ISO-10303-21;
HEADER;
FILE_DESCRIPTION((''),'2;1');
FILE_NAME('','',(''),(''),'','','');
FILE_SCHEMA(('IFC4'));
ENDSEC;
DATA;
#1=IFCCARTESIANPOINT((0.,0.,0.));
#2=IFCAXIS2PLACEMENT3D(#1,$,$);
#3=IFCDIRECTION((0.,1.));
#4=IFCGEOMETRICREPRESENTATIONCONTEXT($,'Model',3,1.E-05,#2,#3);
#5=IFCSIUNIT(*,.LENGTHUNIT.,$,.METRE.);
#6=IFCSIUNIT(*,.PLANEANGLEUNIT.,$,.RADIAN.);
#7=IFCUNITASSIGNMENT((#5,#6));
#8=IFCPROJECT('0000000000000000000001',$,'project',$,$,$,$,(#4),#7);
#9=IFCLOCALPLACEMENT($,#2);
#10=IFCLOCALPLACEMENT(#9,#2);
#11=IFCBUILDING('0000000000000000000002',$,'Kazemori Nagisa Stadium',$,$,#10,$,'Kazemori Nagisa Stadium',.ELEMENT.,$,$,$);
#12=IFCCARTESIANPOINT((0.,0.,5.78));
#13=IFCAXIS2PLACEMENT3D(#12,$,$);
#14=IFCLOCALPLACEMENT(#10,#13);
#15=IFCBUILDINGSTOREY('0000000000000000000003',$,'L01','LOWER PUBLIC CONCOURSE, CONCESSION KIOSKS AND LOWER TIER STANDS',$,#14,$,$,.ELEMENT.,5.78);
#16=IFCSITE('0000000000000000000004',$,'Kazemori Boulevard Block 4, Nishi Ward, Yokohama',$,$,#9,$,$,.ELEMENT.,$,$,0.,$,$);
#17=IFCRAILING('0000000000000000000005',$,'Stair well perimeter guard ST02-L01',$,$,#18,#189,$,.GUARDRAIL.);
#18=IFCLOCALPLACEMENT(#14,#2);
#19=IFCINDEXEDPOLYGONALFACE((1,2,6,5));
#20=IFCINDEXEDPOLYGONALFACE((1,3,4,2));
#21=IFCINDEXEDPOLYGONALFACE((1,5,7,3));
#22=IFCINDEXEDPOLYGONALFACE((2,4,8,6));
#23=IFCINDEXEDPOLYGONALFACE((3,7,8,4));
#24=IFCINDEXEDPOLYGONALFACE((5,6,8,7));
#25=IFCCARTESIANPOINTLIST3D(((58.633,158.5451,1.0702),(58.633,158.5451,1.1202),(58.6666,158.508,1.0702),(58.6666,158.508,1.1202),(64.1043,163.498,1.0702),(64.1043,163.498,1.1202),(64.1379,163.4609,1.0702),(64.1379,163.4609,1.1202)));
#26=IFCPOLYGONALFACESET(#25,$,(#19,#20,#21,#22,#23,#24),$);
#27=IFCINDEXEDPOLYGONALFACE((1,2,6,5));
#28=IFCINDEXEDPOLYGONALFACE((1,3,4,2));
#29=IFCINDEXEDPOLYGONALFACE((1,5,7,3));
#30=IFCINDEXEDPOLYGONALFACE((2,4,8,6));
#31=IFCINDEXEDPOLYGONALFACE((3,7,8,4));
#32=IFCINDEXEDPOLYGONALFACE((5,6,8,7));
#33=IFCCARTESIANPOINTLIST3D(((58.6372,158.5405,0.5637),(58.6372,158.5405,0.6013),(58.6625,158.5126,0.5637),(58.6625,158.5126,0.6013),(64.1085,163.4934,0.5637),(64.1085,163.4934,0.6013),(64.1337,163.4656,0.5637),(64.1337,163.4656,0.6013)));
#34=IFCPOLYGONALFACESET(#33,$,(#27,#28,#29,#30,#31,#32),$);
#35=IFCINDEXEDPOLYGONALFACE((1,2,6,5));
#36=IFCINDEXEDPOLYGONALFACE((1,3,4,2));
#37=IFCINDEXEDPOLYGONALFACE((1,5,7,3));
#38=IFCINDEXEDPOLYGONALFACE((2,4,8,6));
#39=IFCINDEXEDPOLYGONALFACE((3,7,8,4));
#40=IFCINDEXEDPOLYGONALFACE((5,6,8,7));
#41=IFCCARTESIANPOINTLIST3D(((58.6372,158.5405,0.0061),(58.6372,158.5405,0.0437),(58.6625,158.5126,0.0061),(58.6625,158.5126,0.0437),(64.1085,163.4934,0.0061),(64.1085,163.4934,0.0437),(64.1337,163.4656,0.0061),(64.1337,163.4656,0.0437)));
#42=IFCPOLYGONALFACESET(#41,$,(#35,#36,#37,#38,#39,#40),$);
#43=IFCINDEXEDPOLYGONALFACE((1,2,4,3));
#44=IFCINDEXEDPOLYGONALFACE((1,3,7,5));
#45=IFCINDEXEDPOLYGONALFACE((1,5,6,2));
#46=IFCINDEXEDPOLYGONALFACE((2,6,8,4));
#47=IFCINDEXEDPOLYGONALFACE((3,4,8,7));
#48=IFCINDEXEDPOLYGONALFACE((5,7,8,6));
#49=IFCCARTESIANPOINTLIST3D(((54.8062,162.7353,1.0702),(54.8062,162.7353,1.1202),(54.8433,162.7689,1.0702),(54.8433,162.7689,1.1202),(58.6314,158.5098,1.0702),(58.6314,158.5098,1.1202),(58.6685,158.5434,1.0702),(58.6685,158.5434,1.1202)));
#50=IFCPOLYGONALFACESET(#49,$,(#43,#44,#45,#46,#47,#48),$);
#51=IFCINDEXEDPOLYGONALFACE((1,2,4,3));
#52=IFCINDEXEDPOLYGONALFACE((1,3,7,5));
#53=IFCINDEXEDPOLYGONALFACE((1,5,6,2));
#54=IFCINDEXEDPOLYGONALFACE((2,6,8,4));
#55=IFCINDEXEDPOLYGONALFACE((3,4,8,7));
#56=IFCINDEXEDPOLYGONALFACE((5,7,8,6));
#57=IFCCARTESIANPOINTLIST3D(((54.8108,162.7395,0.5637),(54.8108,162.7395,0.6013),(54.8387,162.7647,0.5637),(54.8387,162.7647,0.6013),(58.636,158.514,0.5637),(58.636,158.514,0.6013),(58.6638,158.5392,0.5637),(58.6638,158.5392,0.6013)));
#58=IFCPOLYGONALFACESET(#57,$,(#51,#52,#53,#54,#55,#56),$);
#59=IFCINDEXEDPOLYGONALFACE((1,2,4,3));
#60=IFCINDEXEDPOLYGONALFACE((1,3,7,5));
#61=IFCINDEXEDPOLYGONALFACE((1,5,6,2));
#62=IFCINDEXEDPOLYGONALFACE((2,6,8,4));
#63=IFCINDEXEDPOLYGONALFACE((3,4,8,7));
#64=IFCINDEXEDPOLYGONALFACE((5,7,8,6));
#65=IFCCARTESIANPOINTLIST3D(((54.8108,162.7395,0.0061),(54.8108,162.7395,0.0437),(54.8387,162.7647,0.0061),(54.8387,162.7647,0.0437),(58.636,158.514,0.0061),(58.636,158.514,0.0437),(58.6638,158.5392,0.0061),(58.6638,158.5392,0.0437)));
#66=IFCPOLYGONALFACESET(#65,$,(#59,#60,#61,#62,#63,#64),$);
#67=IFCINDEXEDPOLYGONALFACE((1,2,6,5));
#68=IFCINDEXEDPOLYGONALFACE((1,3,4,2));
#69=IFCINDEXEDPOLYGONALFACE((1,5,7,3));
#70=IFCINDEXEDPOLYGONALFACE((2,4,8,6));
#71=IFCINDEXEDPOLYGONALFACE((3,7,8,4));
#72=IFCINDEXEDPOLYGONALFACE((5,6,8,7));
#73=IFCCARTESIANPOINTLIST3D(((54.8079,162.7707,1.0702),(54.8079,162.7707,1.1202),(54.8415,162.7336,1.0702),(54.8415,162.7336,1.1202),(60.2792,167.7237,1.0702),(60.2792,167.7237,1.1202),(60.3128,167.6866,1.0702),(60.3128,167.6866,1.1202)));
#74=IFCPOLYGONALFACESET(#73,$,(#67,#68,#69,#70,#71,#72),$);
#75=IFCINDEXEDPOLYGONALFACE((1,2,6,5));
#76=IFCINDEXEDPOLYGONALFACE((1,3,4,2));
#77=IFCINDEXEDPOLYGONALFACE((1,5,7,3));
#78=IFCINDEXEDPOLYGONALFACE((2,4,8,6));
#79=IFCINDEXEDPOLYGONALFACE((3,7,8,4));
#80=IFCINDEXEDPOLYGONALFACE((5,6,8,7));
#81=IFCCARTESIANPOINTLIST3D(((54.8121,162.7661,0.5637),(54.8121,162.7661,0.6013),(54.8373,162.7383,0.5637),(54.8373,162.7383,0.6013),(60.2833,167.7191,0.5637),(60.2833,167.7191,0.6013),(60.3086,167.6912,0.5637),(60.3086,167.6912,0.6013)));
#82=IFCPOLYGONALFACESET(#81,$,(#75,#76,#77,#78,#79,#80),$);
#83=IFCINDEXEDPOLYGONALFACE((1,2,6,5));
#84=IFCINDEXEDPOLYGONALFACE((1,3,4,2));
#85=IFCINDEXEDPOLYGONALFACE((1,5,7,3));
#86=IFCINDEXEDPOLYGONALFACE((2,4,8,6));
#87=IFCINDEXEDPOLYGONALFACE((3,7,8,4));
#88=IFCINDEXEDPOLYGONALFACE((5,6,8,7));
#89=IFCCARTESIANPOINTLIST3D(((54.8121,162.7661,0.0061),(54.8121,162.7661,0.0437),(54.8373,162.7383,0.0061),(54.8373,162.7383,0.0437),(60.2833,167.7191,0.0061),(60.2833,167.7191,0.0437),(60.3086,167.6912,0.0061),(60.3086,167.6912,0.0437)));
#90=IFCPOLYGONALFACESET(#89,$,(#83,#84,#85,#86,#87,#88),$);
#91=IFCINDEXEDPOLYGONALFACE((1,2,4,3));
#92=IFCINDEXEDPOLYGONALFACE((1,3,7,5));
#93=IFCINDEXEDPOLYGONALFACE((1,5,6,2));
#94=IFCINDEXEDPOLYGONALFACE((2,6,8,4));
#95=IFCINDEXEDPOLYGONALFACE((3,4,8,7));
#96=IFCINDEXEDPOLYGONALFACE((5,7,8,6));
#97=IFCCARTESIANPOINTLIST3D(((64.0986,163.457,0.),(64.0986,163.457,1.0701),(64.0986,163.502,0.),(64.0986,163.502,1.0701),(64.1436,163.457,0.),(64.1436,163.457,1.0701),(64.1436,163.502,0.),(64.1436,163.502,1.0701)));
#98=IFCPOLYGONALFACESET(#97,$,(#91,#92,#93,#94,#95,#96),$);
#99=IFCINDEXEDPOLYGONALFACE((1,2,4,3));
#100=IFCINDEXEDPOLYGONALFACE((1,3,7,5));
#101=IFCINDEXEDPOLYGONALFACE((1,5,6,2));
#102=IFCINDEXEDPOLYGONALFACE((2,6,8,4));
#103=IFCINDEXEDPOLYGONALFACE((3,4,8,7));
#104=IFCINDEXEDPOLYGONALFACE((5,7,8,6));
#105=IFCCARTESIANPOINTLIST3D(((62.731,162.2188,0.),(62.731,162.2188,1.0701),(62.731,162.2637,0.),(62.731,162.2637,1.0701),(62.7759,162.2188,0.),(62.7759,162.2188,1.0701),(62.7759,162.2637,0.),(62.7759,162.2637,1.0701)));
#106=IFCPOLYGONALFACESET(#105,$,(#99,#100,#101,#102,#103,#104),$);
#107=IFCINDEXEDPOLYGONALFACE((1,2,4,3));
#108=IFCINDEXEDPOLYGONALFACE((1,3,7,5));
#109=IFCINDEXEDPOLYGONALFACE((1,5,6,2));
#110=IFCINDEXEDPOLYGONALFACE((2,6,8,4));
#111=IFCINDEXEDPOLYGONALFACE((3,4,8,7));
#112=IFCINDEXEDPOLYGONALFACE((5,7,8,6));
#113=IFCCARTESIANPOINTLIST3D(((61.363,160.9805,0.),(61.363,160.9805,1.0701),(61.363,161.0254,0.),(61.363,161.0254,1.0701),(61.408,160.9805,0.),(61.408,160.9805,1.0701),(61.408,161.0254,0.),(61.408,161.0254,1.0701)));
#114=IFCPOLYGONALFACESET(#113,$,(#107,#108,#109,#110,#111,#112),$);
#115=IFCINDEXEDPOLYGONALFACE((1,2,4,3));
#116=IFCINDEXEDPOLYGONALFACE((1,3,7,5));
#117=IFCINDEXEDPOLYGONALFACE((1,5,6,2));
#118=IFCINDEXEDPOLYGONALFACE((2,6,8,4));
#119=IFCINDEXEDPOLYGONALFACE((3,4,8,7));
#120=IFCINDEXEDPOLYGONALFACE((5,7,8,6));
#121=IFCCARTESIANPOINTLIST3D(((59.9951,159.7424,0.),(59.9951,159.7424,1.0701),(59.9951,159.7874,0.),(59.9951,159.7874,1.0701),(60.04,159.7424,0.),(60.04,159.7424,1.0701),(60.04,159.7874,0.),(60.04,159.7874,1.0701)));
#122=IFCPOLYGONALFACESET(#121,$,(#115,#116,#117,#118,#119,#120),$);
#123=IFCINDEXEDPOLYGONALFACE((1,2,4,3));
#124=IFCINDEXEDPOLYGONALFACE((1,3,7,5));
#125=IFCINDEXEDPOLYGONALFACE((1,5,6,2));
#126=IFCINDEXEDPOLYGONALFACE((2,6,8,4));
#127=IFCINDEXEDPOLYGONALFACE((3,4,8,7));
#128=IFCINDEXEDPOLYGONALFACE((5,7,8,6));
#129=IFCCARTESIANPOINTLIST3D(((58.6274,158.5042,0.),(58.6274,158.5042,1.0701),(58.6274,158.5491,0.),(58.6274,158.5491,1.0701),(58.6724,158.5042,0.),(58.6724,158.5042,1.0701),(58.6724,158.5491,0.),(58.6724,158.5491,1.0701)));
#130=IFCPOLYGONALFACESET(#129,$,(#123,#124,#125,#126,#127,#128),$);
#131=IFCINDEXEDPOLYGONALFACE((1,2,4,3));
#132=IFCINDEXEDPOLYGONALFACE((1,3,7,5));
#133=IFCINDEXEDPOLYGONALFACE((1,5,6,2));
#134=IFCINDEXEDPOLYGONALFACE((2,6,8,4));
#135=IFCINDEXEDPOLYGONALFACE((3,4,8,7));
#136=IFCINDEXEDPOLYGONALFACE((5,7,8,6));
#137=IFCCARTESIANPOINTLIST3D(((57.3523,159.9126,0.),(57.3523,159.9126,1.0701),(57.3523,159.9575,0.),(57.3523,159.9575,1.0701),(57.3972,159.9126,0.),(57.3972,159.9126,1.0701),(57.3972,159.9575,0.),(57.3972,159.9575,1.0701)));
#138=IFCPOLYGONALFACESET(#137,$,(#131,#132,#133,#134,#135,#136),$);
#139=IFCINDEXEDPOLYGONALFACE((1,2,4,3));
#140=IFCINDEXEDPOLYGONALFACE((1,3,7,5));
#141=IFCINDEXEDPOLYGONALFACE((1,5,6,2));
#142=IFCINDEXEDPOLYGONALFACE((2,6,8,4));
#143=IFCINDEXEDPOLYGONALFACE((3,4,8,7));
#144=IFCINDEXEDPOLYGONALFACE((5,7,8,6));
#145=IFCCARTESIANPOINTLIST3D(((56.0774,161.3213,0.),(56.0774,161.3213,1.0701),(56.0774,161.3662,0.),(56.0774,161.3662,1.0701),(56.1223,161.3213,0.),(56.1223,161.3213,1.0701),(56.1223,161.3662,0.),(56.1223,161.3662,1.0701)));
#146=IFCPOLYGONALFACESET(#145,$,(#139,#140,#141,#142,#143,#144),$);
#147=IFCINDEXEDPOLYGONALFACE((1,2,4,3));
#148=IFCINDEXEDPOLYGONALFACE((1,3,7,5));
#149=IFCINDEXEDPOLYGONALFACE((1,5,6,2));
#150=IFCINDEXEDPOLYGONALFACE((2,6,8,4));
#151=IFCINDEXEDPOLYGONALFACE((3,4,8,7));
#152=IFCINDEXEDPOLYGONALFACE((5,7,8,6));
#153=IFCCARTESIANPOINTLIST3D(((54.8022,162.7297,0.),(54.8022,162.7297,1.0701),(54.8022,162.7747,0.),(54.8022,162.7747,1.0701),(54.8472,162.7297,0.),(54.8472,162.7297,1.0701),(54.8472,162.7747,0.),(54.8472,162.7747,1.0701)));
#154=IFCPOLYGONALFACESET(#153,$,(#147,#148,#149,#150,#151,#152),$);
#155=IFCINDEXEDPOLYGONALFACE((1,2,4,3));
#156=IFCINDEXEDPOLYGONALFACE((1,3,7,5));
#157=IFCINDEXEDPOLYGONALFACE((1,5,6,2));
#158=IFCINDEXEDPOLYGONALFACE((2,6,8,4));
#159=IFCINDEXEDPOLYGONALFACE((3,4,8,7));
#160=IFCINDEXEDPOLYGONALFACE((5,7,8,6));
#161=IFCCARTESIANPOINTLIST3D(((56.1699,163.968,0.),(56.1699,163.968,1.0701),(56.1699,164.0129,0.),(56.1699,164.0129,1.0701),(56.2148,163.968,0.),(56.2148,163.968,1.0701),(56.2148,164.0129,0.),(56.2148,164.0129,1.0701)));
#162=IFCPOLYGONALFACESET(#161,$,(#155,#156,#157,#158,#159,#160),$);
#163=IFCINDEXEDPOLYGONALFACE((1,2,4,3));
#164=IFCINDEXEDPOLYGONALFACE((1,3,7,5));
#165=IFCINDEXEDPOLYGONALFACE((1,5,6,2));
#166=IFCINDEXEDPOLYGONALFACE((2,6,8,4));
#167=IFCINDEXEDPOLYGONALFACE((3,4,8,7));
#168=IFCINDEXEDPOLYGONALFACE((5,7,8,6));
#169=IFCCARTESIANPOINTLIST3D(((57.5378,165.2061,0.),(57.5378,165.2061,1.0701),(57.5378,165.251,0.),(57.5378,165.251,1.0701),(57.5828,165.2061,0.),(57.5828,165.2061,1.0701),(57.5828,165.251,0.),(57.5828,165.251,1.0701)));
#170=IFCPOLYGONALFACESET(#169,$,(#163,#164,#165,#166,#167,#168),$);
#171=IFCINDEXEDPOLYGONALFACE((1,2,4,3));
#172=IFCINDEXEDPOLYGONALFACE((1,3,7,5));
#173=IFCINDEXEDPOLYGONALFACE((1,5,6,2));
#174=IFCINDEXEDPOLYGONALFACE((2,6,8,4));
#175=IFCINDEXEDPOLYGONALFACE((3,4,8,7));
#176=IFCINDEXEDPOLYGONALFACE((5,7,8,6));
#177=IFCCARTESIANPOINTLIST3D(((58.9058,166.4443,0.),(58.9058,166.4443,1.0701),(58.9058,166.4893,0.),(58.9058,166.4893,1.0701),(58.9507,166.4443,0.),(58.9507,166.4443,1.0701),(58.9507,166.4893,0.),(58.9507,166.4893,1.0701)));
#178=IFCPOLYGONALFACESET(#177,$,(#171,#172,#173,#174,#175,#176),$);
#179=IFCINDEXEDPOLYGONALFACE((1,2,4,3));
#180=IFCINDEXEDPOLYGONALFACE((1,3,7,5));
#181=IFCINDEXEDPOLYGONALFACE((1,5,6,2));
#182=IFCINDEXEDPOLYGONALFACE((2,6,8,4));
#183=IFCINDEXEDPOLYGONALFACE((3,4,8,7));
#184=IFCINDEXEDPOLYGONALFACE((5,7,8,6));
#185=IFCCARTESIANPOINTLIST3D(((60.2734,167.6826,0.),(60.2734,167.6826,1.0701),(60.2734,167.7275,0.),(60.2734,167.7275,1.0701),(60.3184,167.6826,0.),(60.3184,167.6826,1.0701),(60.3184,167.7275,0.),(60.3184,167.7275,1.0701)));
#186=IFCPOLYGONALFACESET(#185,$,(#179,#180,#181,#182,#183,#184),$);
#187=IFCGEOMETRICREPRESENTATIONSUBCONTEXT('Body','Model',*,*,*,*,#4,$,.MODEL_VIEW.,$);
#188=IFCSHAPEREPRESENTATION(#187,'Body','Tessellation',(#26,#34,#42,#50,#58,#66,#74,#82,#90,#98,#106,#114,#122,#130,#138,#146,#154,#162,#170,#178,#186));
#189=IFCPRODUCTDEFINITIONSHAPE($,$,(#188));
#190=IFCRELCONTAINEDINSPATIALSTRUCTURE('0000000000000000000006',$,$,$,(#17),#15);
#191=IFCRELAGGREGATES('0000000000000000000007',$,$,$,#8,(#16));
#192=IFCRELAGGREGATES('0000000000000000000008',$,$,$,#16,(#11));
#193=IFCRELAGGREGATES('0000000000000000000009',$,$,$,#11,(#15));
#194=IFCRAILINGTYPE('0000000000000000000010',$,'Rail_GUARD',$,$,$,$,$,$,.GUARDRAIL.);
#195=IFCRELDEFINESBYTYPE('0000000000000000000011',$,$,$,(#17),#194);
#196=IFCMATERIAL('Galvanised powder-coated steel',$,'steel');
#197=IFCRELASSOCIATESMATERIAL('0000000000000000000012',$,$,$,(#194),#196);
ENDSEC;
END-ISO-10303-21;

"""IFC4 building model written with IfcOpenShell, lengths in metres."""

from ifc_helpers import new_model, si_unit, direction, frame, origin, origin_2d, place, context, subcontext, project, spatial, rectangle, extrude, material, type_object, element, save


model = new_model("IFC4")

# Units and contexts
model_context = context("Model", 3, precision=1e-05, world=origin(), true_north=direction((0.0, 1.0)))
body_context = subcontext(model_context, "Body", "Model", "MODEL_VIEW")
ifc_project = project(units=[si_unit("LENGTHUNIT", "METRE"), si_unit("PLANEANGLEUNIT", "RADIAN")], contexts=[model_context])

# Site, building, storey
site_placement = place(None, origin())
site = spatial("IfcSite", under=ifc_project, at=site_placement, Name="Kazemori Boulevard Block 4, Nishi Ward, Yokohama", CompositionType="ELEMENT", RefElevation=0.0)
building_placement = place(site_placement, origin())
building = spatial("IfcBuilding", under=site, at=building_placement, Name="Kazemori Nagisa Stadium", LongName="Kazemori Nagisa Stadium", CompositionType="ELEMENT")
storey_placement = place(building_placement, frame((0.0, 0.0, 5.78)))
storey = spatial("IfcBuildingStorey", under=building, at=storey_placement, Name="L01", Description="LOWER PUBLIC CONCOURSE, CONCESSION KIOSKS AND LOWER TIER STANDS", CompositionType="ELEMENT", Elevation=5.78)

# Railing
ifc_material_1 = material(Name="Galvanised powder-coated steel", Category="steel")
railing_type_1 = type_object("IfcRailingType", Name="Rail_GUARD", PredefinedType="GUARDRAIL", material=ifc_material_1)
railing_1_placement = place(storey_placement, frame((64.1211, 163.4795, 0.0)))
element("IfcRailing", 1, at=railing_1_placement, inside=storey, type_object=railing_type_1, Name="Stair well perimeter guard ST02-L01", PredefinedType="GUARDRAIL", context=body_context, shape_type="SweptSolid", body=[
    extrude(rectangle(XDim=0.05, YDim=0.05, at=origin_2d()), frame((0.0, 0.0, 1.0952), z_axis=(-0.74135, -0.671119, 0.0), x_axis=(0.671119, -0.74135, 0.0)), (0.0, 0.0, 1.0), 7.3801),
    extrude(rectangle(XDim=0.0376, YDim=0.0376, at=origin_2d()), frame((0.0, 0.0, 0.5825), z_axis=(-0.74135, -0.671119, 0.0), x_axis=(0.671119, -0.74135, 0.0)), (0.0, 0.0, 1.0), 7.3801),
    extrude(rectangle(XDim=0.0376, YDim=0.0376, at=origin_2d()), frame((0.0, 0.0, 0.0249), z_axis=(-0.74135, -0.671119, 0.0), x_axis=(0.671119, -0.74135, 0.0)), (0.0, 0.0, 1.0), 7.3801),
    extrude(rectangle(XDim=0.05, YDim=0.05, at=origin_2d()), frame((-5.4712, -4.9529, 1.0952), z_axis=(-0.671111, 0.741357, 0.0), x_axis=(-0.741357, -0.671111, 0.0)), (0.0, 0.0, 1.0), 5.6997),
    extrude(rectangle(XDim=0.0376, YDim=0.0376, at=origin_2d()), frame((-5.4712, -4.9529, 0.5825), z_axis=(-0.671111, 0.741357, 0.0), x_axis=(-0.741357, -0.671111, 0.0)), (0.0, 0.0, 1.0), 5.6997),
    extrude(rectangle(XDim=0.0376, YDim=0.0376, at=origin_2d()), frame((-5.4712, -4.9529, 0.0249), z_axis=(-0.671111, 0.741357, 0.0), x_axis=(-0.741357, -0.671111, 0.0)), (0.0, 0.0, 1.0), 5.6997),
    extrude(rectangle(XDim=0.05, YDim=0.05, at=origin_2d()), frame((-9.2964, -0.7273, 1.0952), z_axis=(0.74135, 0.671119, 0.0), x_axis=(-0.671119, 0.74135, 0.0)), (0.0, 0.0, 1.0), 7.3801),
    extrude(rectangle(XDim=0.0376, YDim=0.0376, at=origin_2d()), frame((-9.2964, -0.7273, 0.5825), z_axis=(0.74135, 0.671119, 0.0), x_axis=(-0.671119, 0.74135, 0.0)), (0.0, 0.0, 1.0), 7.3801),
    extrude(rectangle(XDim=0.0376, YDim=0.0376, at=origin_2d()), frame((-9.2964, -0.7273, 0.0249), z_axis=(0.74135, 0.671119, 0.0), x_axis=(-0.671119, 0.74135, 0.0)), (0.0, 0.0, 1.0), 7.3801),
    extrude(rectangle(XDim=0.0449, YDim=0.0449, at=origin_2d()), origin(), (0.0, 0.0, 1.0), 1.0701),
    extrude(rectangle(XDim=0.0449, YDim=0.0449, at=origin_2d()), frame((-1.3677, -1.2383, 0.0)), (0.0, 0.0, 1.0), 1.0701),
    extrude(rectangle(XDim=0.0449, YDim=0.0449, at=origin_2d()), frame((-2.7356, -2.4766, 0.0)), (0.0, 0.0, 1.0), 1.0701),
    extrude(rectangle(XDim=0.0449, YDim=0.0449, at=origin_2d()), frame((-4.1035, -3.7146, 0.0)), (0.0, 0.0, 1.0), 1.0701),
    extrude(rectangle(XDim=0.0449, YDim=0.0449, at=origin_2d()), frame((-5.4712, -4.9529, 0.0)), (0.0, 0.0, 1.0), 1.0701),
    extrude(rectangle(XDim=0.0449, YDim=0.0449, at=origin_2d()), frame((-6.7463, -3.5444, 0.0)), (0.0, 0.0, 1.0), 1.0701),
    extrude(rectangle(XDim=0.0449, YDim=0.0449, at=origin_2d()), frame((-8.0212, -2.1357, 0.0)), (0.0, 0.0, 1.0), 1.0701),
    extrude(rectangle(XDim=0.0449, YDim=0.0449, at=origin_2d()), frame((-9.2964, -0.7273, 0.0)), (0.0, 0.0, 1.0), 1.0701),
    extrude(rectangle(XDim=0.0449, YDim=0.0449, at=origin_2d()), frame((-7.9287, 0.511, 0.0)), (0.0, 0.0, 1.0), 1.0701),
    extrude(rectangle(XDim=0.0449, YDim=0.0449, at=origin_2d()), frame((-6.5608, 1.749, 0.0)), (0.0, 0.0, 1.0), 1.0701),
    extrude(rectangle(XDim=0.0449, YDim=0.0449, at=origin_2d()), frame((-5.1929, 2.9873, 0.0)), (0.0, 0.0, 1.0), 1.0701),
    extrude(rectangle(XDim=0.0449, YDim=0.0449, at=origin_2d()), frame((-3.8252, 4.2256, 0.0)), (0.0, 0.0, 1.0), 1.0701),
])

save(model, "model.ifc")
